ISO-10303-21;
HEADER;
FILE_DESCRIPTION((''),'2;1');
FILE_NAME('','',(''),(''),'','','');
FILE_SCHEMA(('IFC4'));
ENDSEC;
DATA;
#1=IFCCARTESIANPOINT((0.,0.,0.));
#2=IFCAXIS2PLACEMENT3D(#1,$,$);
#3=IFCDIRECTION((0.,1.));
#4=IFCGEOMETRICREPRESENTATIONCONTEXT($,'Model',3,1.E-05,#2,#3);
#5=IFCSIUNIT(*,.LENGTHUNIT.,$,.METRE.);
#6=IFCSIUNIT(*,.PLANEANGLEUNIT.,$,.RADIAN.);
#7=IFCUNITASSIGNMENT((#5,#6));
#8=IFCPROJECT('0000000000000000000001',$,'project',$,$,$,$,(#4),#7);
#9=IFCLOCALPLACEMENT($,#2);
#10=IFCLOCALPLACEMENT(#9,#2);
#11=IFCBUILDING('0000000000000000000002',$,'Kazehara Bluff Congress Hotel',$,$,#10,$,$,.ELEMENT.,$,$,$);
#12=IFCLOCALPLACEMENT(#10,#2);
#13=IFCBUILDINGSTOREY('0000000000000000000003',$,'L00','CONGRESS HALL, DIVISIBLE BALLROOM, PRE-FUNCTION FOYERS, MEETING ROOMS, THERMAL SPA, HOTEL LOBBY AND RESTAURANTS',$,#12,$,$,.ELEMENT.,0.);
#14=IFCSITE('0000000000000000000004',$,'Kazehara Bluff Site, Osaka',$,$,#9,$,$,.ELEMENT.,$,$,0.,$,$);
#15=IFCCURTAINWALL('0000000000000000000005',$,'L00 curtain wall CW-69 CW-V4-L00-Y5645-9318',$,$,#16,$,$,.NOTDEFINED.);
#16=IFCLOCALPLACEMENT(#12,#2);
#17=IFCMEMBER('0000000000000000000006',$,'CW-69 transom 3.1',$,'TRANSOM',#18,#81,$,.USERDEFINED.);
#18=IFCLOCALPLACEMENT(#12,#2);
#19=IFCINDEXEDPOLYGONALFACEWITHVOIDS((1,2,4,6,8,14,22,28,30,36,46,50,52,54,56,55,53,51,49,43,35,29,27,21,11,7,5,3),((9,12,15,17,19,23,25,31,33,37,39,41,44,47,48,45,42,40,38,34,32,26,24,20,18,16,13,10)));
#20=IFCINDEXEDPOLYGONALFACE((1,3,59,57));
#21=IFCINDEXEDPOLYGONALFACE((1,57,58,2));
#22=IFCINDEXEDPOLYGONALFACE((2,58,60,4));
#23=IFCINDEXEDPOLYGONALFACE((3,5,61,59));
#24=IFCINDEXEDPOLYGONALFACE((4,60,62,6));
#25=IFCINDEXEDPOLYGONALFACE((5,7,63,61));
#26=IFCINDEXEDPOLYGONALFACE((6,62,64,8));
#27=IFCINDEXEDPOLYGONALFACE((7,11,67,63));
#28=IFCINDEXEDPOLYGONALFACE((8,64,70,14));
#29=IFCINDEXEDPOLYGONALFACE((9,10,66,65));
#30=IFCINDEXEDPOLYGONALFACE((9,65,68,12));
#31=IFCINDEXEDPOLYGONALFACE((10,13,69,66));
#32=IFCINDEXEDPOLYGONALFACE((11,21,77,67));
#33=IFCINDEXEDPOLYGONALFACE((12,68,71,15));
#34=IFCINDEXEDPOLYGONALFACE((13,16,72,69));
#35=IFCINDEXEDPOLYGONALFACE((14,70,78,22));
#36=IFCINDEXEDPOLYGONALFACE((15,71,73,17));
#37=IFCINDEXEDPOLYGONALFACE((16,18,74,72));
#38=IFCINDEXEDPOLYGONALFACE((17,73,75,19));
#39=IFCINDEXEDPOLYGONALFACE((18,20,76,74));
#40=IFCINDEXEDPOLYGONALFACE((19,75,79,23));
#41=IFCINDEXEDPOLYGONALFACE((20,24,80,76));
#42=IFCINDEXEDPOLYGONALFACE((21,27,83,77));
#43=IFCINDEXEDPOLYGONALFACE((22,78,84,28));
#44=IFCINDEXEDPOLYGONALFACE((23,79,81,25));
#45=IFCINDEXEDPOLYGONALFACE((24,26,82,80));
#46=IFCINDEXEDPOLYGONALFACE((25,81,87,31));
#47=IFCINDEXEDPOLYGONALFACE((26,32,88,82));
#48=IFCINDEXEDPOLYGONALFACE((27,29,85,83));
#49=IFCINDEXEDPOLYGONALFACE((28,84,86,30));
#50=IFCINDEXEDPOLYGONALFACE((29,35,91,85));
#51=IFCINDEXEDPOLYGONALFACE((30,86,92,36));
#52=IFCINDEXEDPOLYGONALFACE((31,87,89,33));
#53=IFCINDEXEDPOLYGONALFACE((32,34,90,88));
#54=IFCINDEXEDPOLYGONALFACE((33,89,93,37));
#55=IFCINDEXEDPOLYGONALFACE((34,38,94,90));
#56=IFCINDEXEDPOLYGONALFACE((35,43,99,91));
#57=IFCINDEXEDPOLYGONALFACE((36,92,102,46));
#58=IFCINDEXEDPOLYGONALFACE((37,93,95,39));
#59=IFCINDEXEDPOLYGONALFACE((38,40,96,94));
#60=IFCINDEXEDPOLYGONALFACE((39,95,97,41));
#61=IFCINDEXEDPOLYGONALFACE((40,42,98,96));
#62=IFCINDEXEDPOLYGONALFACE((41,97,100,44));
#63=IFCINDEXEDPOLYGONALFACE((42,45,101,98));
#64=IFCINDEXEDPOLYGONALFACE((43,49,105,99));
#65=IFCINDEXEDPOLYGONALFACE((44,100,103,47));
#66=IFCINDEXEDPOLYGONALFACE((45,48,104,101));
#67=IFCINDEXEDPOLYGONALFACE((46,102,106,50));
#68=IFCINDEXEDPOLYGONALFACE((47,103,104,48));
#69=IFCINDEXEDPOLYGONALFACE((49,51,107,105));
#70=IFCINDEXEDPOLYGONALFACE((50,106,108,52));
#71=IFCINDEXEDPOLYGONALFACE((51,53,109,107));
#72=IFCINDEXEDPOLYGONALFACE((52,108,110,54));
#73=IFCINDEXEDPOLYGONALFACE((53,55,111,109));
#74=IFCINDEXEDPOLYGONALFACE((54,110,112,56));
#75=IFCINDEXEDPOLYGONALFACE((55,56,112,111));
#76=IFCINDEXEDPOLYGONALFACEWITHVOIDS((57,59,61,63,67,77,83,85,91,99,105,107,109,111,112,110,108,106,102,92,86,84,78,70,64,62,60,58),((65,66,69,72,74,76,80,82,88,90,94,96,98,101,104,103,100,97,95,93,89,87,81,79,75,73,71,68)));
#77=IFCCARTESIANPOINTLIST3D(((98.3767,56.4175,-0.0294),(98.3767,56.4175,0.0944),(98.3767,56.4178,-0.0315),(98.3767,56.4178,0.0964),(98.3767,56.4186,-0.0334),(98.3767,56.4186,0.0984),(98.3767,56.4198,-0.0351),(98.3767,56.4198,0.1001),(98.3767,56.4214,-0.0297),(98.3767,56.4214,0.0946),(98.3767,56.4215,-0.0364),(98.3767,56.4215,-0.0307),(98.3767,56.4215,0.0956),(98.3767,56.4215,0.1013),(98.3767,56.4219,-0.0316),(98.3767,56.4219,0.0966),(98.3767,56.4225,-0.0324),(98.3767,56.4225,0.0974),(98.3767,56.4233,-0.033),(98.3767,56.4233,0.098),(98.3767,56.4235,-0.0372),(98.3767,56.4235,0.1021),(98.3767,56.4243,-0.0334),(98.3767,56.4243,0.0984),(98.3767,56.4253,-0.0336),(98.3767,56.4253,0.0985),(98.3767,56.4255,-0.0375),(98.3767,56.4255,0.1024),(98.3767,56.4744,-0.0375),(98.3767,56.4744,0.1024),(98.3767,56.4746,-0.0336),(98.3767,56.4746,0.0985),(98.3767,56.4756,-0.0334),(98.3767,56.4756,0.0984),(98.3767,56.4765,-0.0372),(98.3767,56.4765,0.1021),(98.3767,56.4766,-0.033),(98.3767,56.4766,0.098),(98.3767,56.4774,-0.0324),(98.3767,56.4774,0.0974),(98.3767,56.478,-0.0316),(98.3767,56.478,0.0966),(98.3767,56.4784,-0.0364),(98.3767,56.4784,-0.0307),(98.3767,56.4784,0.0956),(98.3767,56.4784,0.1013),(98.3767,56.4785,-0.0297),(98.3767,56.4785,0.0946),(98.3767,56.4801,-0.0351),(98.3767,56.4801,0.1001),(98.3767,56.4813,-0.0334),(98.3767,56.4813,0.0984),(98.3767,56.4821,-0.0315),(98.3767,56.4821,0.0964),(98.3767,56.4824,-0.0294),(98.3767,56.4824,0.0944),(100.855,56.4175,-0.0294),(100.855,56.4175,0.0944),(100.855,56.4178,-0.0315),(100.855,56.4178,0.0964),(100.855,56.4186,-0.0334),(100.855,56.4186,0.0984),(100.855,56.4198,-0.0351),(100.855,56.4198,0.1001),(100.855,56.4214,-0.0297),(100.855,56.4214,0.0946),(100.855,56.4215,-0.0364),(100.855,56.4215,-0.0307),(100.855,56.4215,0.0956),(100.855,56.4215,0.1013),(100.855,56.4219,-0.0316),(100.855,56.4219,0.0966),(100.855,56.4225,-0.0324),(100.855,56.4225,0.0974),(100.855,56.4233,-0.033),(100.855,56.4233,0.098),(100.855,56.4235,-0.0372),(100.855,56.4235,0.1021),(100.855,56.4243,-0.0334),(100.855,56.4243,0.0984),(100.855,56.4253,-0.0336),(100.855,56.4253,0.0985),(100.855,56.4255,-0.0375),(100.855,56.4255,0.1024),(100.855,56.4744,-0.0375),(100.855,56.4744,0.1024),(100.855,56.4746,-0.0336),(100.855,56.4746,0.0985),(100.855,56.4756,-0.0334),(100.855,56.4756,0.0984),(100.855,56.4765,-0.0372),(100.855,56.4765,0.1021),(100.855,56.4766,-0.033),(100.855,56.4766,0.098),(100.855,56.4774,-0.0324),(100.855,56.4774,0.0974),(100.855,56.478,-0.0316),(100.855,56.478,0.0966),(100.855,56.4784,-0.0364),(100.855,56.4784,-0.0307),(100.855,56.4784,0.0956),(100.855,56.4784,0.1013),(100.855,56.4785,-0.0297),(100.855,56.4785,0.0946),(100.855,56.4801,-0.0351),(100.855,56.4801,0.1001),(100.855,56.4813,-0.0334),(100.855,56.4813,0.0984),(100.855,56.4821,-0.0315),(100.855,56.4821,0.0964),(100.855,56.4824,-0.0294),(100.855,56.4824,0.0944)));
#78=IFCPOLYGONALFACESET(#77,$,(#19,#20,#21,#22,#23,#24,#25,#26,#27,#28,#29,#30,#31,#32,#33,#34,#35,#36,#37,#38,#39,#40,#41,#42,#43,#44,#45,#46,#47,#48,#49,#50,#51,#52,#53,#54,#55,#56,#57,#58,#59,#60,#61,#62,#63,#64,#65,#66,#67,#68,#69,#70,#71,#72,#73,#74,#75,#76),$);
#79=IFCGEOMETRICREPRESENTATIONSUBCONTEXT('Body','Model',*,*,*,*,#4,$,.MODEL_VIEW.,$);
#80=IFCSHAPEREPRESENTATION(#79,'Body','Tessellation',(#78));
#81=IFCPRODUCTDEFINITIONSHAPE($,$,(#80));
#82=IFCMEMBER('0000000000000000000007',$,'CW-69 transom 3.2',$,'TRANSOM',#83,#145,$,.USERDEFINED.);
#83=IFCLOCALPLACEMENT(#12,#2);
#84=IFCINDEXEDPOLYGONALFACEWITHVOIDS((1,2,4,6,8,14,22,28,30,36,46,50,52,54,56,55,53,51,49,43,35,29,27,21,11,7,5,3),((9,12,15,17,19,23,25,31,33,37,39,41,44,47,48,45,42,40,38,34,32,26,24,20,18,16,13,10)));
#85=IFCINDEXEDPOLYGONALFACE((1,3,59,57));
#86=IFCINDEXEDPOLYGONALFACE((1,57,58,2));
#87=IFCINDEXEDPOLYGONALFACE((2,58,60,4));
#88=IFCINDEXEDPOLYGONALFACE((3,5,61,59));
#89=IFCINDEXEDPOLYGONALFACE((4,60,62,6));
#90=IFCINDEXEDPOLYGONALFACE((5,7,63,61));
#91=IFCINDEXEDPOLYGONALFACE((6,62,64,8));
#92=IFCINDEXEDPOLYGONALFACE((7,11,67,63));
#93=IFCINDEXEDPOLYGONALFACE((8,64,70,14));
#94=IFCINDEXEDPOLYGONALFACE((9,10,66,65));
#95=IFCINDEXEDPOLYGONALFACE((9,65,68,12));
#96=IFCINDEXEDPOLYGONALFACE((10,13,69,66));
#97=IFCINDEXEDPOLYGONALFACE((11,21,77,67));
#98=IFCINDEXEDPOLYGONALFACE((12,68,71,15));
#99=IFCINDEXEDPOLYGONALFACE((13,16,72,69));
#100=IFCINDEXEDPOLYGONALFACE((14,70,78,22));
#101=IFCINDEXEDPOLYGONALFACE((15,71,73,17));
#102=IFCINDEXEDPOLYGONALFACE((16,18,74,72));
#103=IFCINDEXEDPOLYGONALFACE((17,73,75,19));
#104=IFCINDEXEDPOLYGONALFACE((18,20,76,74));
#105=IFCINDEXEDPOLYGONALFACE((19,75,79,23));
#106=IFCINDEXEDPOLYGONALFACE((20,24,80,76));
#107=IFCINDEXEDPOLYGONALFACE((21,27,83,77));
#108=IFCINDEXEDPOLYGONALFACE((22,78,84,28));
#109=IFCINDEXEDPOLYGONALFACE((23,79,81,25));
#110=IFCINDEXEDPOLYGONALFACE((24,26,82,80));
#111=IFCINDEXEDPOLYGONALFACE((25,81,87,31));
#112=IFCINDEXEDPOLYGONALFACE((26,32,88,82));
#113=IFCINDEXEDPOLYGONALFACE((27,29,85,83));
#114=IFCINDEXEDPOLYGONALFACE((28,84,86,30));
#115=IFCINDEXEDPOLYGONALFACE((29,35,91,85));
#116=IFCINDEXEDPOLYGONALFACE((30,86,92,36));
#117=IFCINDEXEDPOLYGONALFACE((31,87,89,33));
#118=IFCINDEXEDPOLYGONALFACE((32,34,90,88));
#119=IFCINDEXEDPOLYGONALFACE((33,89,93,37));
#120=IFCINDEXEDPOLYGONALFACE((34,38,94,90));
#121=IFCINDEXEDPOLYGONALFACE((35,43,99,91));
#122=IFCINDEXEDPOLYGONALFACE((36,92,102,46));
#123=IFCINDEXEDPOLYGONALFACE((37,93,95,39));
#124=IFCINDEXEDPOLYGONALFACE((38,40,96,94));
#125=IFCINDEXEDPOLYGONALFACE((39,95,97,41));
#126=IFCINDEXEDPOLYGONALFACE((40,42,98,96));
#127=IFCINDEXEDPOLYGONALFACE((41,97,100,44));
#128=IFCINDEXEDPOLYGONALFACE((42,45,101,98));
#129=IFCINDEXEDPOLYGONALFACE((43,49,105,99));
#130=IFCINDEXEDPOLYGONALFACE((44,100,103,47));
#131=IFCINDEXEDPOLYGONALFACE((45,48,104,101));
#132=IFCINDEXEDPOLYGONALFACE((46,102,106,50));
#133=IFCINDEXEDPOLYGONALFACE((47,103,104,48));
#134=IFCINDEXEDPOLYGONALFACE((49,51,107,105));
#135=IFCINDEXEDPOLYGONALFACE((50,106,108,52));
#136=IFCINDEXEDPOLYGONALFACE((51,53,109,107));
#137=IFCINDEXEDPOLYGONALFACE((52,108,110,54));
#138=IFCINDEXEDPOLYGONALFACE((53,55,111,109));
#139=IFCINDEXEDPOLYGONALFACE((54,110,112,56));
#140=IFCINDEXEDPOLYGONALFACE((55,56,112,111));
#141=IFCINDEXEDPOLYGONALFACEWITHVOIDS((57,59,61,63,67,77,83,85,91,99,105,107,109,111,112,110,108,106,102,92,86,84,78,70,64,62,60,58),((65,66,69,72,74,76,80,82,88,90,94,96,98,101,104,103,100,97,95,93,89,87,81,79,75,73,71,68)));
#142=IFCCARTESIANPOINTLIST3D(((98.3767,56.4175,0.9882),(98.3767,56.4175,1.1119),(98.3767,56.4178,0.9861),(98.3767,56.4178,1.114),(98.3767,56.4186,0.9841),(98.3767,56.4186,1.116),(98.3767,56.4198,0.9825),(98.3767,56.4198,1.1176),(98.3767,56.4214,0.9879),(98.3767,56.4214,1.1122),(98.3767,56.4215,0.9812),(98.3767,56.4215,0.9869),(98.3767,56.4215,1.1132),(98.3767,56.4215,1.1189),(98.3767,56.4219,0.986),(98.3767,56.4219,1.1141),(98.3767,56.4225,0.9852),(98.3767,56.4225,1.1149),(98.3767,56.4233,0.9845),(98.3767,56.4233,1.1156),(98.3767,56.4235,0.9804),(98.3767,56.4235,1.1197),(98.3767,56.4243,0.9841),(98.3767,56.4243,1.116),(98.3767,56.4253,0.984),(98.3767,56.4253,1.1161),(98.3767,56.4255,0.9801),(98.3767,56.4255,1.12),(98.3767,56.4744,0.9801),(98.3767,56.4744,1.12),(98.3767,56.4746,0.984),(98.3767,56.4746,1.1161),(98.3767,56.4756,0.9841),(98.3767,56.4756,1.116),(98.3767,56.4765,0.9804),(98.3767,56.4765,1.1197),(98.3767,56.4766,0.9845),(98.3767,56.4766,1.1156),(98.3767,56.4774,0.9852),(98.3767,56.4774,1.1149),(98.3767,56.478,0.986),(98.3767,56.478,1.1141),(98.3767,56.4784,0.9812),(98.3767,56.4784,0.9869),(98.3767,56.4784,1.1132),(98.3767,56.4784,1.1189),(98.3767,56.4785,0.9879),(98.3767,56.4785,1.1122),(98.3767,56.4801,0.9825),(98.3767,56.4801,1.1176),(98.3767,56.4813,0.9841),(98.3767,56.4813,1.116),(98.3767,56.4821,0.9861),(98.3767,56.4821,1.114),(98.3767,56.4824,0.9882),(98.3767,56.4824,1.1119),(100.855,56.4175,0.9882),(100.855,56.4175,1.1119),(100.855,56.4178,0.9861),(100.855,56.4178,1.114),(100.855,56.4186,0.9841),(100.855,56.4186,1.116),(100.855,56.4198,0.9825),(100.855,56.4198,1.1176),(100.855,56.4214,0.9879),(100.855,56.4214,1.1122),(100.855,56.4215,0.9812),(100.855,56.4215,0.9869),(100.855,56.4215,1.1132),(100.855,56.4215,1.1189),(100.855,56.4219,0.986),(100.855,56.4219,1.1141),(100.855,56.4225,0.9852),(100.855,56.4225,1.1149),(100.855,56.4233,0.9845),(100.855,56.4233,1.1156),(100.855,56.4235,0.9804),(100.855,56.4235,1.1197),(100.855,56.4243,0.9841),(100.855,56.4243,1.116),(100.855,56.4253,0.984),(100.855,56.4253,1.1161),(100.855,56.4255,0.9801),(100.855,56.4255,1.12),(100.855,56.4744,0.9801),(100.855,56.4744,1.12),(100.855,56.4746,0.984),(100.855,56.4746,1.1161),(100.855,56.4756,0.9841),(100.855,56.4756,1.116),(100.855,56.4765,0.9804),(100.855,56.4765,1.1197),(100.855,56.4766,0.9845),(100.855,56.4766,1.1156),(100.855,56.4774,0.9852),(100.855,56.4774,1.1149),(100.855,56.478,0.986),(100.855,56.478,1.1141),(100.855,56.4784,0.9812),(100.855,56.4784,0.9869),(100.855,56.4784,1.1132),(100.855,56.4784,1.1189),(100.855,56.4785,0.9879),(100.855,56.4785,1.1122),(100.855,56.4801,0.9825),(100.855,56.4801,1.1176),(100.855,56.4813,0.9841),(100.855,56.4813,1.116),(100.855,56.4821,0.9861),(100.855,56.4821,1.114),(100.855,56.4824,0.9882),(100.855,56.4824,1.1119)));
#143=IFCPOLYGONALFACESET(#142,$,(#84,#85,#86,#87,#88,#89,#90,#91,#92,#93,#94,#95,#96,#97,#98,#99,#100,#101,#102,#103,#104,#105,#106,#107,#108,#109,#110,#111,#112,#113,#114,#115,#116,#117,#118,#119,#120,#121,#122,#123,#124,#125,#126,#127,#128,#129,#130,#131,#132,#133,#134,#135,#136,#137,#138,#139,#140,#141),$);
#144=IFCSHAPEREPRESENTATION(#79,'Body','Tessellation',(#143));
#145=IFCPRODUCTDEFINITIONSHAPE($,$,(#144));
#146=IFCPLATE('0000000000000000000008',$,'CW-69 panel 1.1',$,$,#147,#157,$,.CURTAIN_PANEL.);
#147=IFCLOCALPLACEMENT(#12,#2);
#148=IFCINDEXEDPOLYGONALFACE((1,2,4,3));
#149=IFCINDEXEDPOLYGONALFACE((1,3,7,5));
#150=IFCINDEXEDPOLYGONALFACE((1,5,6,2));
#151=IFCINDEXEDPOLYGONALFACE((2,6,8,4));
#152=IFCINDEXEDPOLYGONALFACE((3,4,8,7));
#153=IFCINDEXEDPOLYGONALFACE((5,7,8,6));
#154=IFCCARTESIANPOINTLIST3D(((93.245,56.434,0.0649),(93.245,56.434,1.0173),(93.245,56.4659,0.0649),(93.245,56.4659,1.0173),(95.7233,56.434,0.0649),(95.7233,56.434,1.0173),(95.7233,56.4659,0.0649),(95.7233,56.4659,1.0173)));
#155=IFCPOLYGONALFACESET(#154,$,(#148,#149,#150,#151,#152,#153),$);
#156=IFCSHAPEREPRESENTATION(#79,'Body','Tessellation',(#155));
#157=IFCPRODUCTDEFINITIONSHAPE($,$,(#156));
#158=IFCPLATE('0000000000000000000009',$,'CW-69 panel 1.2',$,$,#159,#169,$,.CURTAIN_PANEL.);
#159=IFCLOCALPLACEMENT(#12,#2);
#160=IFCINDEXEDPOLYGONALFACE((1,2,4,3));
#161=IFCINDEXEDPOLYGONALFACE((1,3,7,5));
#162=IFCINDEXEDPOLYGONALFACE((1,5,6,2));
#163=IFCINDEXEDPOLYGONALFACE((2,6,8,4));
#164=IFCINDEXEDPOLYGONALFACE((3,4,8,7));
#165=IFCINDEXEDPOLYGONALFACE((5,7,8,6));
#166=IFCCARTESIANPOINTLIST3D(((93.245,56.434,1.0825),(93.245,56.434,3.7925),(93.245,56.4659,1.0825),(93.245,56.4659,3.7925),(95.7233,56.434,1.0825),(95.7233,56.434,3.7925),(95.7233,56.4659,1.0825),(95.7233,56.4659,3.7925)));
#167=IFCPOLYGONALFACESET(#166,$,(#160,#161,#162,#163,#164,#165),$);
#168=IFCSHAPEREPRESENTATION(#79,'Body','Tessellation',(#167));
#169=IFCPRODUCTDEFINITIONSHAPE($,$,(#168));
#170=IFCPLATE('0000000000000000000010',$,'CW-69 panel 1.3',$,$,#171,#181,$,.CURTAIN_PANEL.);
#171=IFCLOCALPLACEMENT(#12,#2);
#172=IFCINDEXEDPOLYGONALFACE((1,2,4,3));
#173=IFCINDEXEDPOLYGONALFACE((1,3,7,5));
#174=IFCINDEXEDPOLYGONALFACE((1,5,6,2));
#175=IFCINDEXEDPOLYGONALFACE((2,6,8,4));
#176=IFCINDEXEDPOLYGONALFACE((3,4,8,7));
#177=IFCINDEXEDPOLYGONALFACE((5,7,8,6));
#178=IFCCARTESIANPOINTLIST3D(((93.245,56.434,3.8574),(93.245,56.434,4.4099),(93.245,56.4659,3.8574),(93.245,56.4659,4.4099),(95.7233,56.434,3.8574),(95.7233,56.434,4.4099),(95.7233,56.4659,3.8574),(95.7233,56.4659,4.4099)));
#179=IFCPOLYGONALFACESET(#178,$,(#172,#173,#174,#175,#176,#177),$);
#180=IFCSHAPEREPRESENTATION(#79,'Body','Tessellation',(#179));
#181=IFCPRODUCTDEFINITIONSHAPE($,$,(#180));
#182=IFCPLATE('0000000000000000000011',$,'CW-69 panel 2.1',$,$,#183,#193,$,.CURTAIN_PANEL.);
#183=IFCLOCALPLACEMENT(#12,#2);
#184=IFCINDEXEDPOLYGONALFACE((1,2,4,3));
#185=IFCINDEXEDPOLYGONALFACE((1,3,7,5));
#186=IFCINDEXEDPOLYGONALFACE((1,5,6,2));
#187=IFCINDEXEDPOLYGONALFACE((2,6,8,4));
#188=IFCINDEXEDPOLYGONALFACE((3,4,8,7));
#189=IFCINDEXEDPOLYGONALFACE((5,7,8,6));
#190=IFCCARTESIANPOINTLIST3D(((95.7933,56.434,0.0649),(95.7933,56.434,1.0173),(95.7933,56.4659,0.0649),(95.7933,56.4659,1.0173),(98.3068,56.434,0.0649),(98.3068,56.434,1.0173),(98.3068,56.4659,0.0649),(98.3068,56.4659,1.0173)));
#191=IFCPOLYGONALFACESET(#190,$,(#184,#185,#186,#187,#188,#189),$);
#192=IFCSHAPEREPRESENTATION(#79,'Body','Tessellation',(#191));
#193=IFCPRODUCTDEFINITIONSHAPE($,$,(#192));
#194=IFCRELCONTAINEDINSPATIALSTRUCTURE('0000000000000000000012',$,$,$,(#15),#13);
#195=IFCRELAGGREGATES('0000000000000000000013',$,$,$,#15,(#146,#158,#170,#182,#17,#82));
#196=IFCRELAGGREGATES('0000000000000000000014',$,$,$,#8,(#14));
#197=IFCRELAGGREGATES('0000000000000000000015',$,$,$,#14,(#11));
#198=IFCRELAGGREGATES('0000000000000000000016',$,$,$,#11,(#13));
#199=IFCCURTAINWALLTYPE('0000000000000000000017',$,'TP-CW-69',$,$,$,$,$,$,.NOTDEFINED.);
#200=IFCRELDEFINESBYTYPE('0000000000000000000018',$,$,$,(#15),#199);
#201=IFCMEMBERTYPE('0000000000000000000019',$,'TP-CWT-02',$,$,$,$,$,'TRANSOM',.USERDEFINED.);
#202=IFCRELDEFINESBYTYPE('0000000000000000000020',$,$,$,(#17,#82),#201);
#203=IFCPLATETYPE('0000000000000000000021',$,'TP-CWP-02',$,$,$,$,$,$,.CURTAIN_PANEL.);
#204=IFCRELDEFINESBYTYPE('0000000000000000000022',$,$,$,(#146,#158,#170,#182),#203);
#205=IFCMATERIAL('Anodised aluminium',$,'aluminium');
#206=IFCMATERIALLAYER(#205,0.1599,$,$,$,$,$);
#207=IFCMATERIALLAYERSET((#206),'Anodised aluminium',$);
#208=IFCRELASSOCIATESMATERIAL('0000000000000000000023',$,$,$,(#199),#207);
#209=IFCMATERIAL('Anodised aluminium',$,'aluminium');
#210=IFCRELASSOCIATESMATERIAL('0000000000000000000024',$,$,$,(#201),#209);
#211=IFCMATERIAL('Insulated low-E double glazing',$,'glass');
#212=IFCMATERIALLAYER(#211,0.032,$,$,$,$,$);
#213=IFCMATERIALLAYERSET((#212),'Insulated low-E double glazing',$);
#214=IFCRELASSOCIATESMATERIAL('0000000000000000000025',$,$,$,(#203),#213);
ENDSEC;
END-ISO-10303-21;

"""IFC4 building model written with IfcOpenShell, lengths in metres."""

from ifc_helpers import new_model, si_unit, direction, frame, origin, origin_2d, place, context, subcontext, project, spatial, rectangle, hollow_rectangle, extrude, material, layer, layer_set, material_profile, profile_set, type_object, element, aggregate, save


model = new_model("IFC4")

# Units and contexts
model_context = context("Model", 3, precision=1e-05, world=origin(), true_north=direction((0.0, 1.0)))
body_context = subcontext(model_context, "Body", "Model", "MODEL_VIEW")
ifc_project = project(units=[si_unit("LENGTHUNIT", "METRE"), si_unit("PLANEANGLEUNIT", "RADIAN")], contexts=[model_context])

# Site, building, storey
site_placement = place(None, origin())
site = spatial("IfcSite", under=ifc_project, at=site_placement, Name="Kazehara Bluff Site, Osaka", CompositionType="ELEMENT", RefElevation=0.0)
building_placement = place(site_placement, origin())
building = spatial("IfcBuilding", under=site, at=building_placement, Name="Kazehara Bluff Congress Hotel", CompositionType="ELEMENT")
storey_placement = place(building_placement, origin())
storey = spatial("IfcBuildingStorey", under=building, at=storey_placement, Name="L00", Description="CONGRESS HALL, DIVISIBLE BALLROOM, PRE-FUNCTION FOYERS, MEETING ROOMS, THERMAL SPA, HOTEL LOBBY AND RESTAURANTS", CompositionType="ELEMENT", Elevation=0.0)

# Curtain wall, members, plates
ifc_material_1 = material(Name="Anodised aluminium", Category="aluminium")
ifc_layer_1 = layer(ifc_material_1, 0.1599)
ifc_layer_set_1 = layer_set([ifc_layer_1], Name="Anodised aluminium")
curtain_wall_type = type_object("IfcCurtainWallType", Name="TP-CW-69", PredefinedType="NOTDEFINED", material=ifc_layer_set_1)
curtain_wall_placement = place(storey_placement, origin())
curtain_wall = element("IfcCurtainWall", 1, at=curtain_wall_placement, inside=storey, type_object=curtain_wall_type, Name="L00 curtain wall CW-69 CW-V4-L00-Y5645-9318", PredefinedType="NOTDEFINED")
ifc_material_2 = material(Name="Anodised aluminium", Category="aluminium")
ifc_material_profile_1 = material_profile(ifc_material_2, hollow_rectangle(XDim=0.0649, YDim=0.1399, WallThickness=0.0039, InnerFilletRadius=0.0039, OuterFilletRadius=0.0081, at=origin_2d()))
ifc_profile_set_1 = profile_set([ifc_material_profile_1], Name="Anodised aluminium")
member_type_1 = type_object("IfcMemberType", Name="TP-CWT-02", ElementType="TRANSOM", PredefinedType="USERDEFINED", material=ifc_profile_set_1)
member_1_placement = place(storey_placement, frame((98.3767, 56.45, 0.0325), z_axis=(1.0, 0.0, 0.0), x_axis=(0.0, 1.0, 0.0)))
member_1 = element("IfcMember", 2, at=member_1_placement, type_object=member_type_1, Name="CW-69 transom 3.1", ObjectType="TRANSOM", PredefinedType="USERDEFINED", context=body_context, shape_type="SweptSolid", body=[
    extrude(hollow_rectangle(XDim=0.0649, YDim=0.1399, WallThickness=0.0039, InnerFilletRadius=0.0039, OuterFilletRadius=0.0081, at=origin_2d()), origin(), (0.0, 0.0, 1.0), 2.4783),
])
member_2_placement = place(storey_placement, frame((98.3767, 56.45, 1.05), z_axis=(1.0, 0.0, 0.0), x_axis=(0.0, 1.0, 0.0)))
member_2 = element("IfcMember", 3, at=member_2_placement, type_object=member_type_1, Name="CW-69 transom 3.2", ObjectType="TRANSOM", PredefinedType="USERDEFINED", context=body_context, shape_type="SweptSolid", body=[
    extrude(hollow_rectangle(XDim=0.0649, YDim=0.1399, WallThickness=0.0039, InnerFilletRadius=0.0039, OuterFilletRadius=0.0081, at=origin_2d()), origin(), (0.0, 0.0, 1.0), 2.4783),
])
ifc_material_3 = material(Name="Insulated low-E double glazing", Category="glass")
ifc_layer_2 = layer(ifc_material_3, 0.032)
ifc_layer_set_2 = layer_set([ifc_layer_2], Name="Insulated low-E double glazing")
plate_type = type_object("IfcPlateType", Name="TP-CWP-02", PredefinedType="CURTAIN_PANEL", material=ifc_layer_set_2)
plate_1_placement = place(storey_placement, frame((94.4841, 56.45, 0.0649), z_axis=(0.0, 0.0, 1.0), x_axis=(1.0, 0.0, 0.0)))
plate_1 = element("IfcPlate", 4, at=plate_1_placement, type_object=plate_type, Name="CW-69 panel 1.1", PredefinedType="CURTAIN_PANEL", context=body_context, shape_type="SweptSolid", body=[
    extrude(rectangle(XDim=2.4783, YDim=0.032, at=origin_2d()), origin(), (0.0, 0.0, 1.0), 0.9524),
])
plate_2_placement = place(storey_placement, frame((94.4841, 56.45, 1.0825), z_axis=(0.0, 0.0, 1.0), x_axis=(1.0, 0.0, 0.0)))
plate_2 = element("IfcPlate", 5, at=plate_2_placement, type_object=plate_type, Name="CW-69 panel 1.2", PredefinedType="CURTAIN_PANEL", context=body_context, shape_type="SweptSolid", body=[
    extrude(rectangle(XDim=2.4783, YDim=0.032, at=origin_2d()), origin(), (0.0, 0.0, 1.0), 2.71),
])
plate_3_placement = place(storey_placement, frame((94.4841, 56.45, 3.8574), z_axis=(0.0, 0.0, 1.0), x_axis=(1.0, 0.0, 0.0)))
plate_3 = element("IfcPlate", 6, at=plate_3_placement, type_object=plate_type, Name="CW-69 panel 1.3", PredefinedType="CURTAIN_PANEL", context=body_context, shape_type="SweptSolid", body=[
    extrude(rectangle(XDim=2.4783, YDim=0.032, at=origin_2d()), origin(), (0.0, 0.0, 1.0), 0.5525),
])
plate_4_placement = place(storey_placement, frame((97.05, 56.45, 0.0649), z_axis=(0.0, 0.0, 1.0), x_axis=(1.0, 0.0, 0.0)))
plate_4 = element("IfcPlate", 7, at=plate_4_placement, type_object=plate_type, Name="CW-69 panel 2.1", PredefinedType="CURTAIN_PANEL", context=body_context, shape_type="SweptSolid", body=[
    extrude(rectangle(XDim=2.5134, YDim=0.032, at=origin_2d()), origin(), (0.0, 0.0, 1.0), 0.9524),
])
aggregate(curtain_wall, [plate_1, plate_2, plate_3, plate_4, member_1, member_2])

save(model, "model.ifc")
